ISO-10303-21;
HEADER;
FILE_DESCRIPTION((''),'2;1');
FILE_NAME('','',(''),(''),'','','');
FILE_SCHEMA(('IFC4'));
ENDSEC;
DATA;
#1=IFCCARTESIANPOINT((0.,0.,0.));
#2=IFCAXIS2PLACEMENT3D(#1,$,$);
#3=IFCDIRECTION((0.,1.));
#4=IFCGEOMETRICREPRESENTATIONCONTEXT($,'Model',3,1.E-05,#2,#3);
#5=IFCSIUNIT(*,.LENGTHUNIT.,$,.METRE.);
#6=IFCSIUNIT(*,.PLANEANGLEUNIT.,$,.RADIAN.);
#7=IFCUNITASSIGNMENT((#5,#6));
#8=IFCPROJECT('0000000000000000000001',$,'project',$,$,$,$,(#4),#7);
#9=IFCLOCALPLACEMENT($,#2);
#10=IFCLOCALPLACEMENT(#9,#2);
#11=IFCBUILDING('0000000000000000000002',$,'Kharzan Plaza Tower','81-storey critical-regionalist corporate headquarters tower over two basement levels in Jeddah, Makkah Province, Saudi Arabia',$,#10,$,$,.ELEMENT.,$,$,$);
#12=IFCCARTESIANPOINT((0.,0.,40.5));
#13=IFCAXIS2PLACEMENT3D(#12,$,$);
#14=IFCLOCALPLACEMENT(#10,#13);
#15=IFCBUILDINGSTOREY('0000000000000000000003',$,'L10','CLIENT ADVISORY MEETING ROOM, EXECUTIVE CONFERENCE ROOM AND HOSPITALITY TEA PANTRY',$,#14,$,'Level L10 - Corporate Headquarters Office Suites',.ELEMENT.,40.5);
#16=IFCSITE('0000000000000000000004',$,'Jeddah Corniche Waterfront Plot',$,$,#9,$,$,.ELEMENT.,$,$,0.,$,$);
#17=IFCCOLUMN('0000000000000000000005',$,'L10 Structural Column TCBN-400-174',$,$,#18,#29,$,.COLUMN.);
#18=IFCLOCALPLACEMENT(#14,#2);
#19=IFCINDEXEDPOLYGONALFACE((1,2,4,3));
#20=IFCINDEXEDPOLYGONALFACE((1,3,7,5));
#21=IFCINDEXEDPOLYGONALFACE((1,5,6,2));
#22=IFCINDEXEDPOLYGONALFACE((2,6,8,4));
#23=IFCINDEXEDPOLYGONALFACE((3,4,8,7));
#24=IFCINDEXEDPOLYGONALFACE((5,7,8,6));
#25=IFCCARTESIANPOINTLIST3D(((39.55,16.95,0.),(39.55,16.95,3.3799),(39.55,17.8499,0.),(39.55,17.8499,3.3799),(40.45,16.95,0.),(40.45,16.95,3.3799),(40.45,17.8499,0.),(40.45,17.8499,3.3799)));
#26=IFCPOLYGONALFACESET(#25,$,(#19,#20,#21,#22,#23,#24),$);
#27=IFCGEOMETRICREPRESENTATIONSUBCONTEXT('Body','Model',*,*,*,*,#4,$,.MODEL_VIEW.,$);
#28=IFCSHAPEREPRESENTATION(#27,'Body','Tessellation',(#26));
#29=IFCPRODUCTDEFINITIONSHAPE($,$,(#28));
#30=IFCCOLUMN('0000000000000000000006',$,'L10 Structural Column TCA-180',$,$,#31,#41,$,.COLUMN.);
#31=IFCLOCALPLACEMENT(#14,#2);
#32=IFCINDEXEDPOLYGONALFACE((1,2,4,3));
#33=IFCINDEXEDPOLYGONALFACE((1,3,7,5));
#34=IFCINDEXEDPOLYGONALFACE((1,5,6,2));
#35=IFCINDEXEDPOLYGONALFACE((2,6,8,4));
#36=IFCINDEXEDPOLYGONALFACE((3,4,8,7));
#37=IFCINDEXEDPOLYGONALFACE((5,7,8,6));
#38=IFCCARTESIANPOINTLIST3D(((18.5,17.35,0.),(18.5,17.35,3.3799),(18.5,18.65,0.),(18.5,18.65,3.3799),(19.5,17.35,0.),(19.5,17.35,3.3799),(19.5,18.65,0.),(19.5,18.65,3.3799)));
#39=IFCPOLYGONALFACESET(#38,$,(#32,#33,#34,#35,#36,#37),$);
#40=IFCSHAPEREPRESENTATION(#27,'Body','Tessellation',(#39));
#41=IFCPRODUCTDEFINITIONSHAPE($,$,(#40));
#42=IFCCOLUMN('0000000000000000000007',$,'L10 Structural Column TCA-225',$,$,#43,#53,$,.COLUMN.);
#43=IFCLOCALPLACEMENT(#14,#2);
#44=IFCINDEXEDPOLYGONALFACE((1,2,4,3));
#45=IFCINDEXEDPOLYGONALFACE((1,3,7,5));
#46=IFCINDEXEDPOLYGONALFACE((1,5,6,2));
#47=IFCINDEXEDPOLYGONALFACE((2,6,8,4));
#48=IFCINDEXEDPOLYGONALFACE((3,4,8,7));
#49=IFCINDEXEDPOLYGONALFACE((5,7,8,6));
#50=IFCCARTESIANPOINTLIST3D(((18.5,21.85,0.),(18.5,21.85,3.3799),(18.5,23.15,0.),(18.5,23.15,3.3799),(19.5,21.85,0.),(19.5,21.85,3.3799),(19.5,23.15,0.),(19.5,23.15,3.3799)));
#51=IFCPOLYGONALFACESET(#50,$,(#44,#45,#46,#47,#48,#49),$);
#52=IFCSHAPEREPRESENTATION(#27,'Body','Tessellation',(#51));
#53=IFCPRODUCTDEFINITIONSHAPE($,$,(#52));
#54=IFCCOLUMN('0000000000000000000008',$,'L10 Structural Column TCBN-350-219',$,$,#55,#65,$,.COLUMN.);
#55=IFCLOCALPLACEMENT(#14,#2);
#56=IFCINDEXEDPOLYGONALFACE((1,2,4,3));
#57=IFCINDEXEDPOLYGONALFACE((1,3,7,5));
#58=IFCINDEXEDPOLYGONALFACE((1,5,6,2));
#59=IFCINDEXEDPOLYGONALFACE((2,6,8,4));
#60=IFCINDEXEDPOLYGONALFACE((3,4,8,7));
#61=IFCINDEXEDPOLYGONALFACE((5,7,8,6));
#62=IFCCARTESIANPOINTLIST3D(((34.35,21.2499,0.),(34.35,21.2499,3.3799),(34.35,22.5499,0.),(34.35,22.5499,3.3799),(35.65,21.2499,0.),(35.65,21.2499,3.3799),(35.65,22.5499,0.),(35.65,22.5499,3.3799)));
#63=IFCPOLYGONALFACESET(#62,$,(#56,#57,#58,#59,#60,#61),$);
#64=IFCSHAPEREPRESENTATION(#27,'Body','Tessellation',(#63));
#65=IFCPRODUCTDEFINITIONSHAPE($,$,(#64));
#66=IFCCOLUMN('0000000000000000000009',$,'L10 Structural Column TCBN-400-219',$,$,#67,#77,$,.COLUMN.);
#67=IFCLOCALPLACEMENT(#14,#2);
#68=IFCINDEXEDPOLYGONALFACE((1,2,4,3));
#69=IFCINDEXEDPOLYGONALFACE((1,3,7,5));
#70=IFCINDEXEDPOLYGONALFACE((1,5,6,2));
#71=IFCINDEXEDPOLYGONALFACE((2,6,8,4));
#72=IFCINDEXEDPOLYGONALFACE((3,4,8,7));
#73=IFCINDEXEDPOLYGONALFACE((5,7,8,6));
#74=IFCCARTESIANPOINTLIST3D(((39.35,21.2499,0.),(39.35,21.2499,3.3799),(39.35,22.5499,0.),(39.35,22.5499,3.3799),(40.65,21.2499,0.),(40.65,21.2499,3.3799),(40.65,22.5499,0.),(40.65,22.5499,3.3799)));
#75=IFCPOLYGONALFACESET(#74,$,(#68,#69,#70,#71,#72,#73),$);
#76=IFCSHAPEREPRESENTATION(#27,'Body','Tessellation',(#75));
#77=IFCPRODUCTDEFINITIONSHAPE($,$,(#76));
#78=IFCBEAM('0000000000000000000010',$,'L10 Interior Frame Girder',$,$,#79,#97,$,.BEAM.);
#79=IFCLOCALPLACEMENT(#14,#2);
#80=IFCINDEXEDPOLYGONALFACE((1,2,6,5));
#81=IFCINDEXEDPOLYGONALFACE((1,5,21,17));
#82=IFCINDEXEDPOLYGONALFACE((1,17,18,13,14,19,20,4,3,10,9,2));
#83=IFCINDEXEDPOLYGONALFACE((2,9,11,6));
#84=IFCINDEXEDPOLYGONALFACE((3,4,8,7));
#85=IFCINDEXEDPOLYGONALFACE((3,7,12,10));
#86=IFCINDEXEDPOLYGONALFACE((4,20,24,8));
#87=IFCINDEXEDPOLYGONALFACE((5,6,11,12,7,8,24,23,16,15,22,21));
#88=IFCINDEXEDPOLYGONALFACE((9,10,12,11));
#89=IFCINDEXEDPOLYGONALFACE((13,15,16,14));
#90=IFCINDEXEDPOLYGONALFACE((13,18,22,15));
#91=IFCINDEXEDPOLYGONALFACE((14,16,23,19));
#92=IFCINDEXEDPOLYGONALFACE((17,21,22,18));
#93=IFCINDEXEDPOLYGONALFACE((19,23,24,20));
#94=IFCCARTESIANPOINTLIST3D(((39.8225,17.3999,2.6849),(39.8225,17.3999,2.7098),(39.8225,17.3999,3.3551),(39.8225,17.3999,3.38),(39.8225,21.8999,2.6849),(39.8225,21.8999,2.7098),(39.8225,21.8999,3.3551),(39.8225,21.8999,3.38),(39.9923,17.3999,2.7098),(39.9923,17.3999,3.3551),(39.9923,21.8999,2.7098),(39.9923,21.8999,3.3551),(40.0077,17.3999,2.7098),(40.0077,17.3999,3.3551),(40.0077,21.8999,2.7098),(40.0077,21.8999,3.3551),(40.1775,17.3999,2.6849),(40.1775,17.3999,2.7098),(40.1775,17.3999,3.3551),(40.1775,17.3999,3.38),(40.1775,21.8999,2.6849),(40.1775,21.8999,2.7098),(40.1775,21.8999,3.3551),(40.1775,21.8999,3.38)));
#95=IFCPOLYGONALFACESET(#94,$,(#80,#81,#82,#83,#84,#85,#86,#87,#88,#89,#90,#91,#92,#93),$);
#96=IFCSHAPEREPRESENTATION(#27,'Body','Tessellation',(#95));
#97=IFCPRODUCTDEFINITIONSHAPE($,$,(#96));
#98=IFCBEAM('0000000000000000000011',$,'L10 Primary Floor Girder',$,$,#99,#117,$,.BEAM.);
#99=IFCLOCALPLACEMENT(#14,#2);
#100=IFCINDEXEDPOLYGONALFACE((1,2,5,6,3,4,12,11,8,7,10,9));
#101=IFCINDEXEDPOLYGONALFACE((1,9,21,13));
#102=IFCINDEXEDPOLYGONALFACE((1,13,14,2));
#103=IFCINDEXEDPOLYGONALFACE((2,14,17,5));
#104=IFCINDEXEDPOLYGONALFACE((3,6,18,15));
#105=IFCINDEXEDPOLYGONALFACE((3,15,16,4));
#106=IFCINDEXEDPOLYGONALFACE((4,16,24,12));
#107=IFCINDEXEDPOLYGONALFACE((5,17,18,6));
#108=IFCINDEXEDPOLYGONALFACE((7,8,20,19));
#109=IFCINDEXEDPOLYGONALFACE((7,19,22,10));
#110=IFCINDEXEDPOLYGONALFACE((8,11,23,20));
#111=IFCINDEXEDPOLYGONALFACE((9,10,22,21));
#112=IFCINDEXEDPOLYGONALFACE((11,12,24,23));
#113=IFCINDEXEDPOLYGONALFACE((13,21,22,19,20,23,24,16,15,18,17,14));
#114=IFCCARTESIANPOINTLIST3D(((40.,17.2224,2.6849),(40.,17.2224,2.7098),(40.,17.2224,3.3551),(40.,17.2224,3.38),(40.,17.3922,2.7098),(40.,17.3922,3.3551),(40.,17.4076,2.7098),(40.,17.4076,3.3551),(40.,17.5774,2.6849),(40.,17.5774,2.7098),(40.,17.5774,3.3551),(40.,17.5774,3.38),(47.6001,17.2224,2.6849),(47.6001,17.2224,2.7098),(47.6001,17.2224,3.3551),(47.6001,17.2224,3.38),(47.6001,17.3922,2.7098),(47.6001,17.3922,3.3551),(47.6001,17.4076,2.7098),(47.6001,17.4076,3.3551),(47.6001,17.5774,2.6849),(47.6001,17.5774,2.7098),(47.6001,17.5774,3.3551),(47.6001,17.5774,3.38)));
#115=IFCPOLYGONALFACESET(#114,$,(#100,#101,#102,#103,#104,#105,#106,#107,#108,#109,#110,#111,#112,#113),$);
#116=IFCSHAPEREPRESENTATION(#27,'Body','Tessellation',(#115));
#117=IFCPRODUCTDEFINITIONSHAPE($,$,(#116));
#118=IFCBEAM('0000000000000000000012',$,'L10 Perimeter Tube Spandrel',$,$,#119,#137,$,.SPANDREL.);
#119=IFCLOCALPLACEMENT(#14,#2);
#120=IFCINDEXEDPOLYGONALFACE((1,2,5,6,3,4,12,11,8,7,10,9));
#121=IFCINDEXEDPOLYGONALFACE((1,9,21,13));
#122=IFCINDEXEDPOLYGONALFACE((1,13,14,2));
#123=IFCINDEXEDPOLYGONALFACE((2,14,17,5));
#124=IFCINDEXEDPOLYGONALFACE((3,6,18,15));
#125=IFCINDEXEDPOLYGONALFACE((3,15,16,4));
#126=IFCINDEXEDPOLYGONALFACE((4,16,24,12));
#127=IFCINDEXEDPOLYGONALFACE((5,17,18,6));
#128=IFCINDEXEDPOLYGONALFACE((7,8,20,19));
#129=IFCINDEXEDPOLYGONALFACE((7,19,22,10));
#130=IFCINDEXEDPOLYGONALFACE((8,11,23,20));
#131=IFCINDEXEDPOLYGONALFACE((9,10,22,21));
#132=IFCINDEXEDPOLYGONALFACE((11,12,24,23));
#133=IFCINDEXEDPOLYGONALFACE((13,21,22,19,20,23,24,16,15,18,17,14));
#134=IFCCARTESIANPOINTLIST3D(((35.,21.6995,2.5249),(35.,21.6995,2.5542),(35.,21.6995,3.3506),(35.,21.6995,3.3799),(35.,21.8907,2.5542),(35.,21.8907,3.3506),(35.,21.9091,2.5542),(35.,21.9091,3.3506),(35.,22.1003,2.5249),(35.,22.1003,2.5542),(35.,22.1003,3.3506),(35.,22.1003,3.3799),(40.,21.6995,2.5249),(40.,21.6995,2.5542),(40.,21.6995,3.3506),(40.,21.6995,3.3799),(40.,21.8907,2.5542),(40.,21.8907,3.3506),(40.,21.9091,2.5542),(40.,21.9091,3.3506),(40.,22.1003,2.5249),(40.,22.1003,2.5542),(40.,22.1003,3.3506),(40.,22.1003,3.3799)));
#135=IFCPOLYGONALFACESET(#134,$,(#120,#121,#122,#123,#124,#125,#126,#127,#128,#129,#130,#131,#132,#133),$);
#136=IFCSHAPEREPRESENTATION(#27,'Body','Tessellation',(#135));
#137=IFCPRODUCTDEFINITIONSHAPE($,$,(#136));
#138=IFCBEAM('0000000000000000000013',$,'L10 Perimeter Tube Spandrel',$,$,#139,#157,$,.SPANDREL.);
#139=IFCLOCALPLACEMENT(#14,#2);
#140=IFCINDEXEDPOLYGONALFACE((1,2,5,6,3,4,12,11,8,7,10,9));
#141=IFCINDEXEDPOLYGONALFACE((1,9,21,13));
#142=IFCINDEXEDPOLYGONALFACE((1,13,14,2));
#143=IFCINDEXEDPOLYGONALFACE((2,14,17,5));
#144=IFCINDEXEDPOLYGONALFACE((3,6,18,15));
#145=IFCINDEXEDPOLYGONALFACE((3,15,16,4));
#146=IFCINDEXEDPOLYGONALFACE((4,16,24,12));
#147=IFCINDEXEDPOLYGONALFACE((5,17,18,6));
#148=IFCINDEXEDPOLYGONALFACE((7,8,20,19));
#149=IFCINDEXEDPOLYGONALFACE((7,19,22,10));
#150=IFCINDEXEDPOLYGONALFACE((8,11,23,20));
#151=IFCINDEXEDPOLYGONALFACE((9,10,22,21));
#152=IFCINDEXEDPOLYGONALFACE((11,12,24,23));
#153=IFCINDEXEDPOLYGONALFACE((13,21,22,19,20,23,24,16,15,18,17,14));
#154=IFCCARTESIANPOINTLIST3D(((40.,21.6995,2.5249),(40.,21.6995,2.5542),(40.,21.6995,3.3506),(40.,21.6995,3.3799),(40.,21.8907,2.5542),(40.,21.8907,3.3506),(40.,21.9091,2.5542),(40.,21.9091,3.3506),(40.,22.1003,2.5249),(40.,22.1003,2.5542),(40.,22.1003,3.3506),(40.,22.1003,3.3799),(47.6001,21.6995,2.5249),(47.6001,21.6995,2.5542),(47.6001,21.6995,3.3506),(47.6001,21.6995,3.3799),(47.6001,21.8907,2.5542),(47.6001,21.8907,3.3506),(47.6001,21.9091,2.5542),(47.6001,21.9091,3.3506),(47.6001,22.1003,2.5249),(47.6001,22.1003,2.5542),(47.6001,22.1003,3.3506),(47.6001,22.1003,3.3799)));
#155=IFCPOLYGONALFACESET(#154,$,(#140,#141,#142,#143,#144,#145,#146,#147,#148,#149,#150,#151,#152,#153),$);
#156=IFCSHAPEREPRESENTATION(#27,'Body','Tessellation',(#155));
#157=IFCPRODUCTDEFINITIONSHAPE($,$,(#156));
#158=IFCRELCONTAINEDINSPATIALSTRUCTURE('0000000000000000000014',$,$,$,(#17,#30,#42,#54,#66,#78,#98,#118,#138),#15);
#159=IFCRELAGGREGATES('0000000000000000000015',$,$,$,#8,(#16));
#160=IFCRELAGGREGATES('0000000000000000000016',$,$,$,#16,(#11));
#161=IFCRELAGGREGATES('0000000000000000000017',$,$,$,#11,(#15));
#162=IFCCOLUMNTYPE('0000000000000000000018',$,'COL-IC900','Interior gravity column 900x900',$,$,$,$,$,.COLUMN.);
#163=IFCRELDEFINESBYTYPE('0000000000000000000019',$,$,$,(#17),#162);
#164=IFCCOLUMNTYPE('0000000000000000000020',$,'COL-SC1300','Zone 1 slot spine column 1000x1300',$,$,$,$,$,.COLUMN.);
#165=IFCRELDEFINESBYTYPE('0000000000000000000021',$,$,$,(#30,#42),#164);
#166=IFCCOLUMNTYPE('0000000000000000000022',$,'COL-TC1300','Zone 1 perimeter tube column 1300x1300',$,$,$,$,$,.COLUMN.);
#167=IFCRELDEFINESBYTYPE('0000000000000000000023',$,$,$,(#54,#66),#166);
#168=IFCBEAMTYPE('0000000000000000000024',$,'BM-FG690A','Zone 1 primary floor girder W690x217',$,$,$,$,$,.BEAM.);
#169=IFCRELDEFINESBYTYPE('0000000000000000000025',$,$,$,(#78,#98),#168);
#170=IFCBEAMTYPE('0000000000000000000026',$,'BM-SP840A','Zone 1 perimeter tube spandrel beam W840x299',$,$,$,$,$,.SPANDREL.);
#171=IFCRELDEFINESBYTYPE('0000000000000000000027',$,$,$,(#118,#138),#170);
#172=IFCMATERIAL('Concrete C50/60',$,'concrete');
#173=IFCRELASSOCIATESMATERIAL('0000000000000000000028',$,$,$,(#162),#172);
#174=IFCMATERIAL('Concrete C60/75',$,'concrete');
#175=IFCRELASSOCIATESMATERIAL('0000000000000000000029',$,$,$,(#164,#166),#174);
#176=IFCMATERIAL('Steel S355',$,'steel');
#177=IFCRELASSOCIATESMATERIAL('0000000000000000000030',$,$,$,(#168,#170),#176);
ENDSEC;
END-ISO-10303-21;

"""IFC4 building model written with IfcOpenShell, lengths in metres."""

from ifc_helpers import new_model, si_unit, direction, frame, origin, origin_2d, place, context, subcontext, project, spatial, rectangle, i_section, extrude, source, transform, mapped, material, material_profile, profile_set, type_object, element, save


model = new_model("IFC4")

# Units and contexts
model_context = context("Model", 3, precision=1e-05, world=origin(), true_north=direction((0.0, 1.0)))
body_context = subcontext(model_context, "Body", "Model", "MODEL_VIEW")
ifc_project = project(units=[si_unit("LENGTHUNIT", "METRE"), si_unit("PLANEANGLEUNIT", "RADIAN")], contexts=[model_context])

# Site, building, storey
site_placement = place(None, origin())
site = spatial("IfcSite", under=ifc_project, at=site_placement, Name="Jeddah Corniche Waterfront Plot", CompositionType="ELEMENT", RefElevation=0.0)
building_placement = place(site_placement, origin())
building = spatial("IfcBuilding", under=site, at=building_placement, Name="Kharzan Plaza Tower", Description="81-storey critical-regionalist corporate headquarters tower over two basement levels in Jeddah, Makkah Province, Saudi Arabia", CompositionType="ELEMENT")
storey_placement = place(building_placement, frame((0.0, 0.0, 40.5)))
storey = spatial("IfcBuildingStorey", under=building, at=storey_placement, Name="L10", Description="CLIENT ADVISORY MEETING ROOM, EXECUTIVE CONFERENCE ROOM AND HOSPITALITY TEA PANTRY", LongName="Level L10 - Corporate Headquarters Office Suites", CompositionType="ELEMENT", Elevation=40.5)

# Columns
ifc_material_1 = material(Name="Concrete C50/60", Category="concrete")
ifc_material_profile_1 = material_profile(ifc_material_1, rectangle(XDim=0.8999, YDim=0.8999, at=origin_2d()), Name="RC-IC900x900")
ifc_profile_set_1 = profile_set([ifc_material_profile_1], Name="Concrete C50/60")
column_type_1 = type_object("IfcColumnType", Name="COL-IC900", Description="Interior gravity column 900x900", PredefinedType="COLUMN", material=ifc_profile_set_1)
shared_shape_1 = source(origin(), body_context, "Body", "SweptSolid", [
    extrude(rectangle(XDim=0.8999, YDim=0.8999, at=origin_2d()), origin(), (0.0, 0.0, 1.0), 3.3799),
])
column_placement = place(storey_placement, frame((40.0, 17.3999, 0.0), z_axis=(0.0, 0.0, 1.0), x_axis=(1.0, 0.0, 0.0)))
element("IfcColumn", 1, at=column_placement, inside=storey, type_object=column_type_1, Name="L10 Structural Column TCBN-400-174", PredefinedType="COLUMN", context=body_context, shape_type="MappedRepresentation", body=[
    mapped(shared_shape_1, transform((0.0, 0.0, 0.0), x_axis=(1.0, 0.0, 0.0), y_axis=(0.0, 1.0, 0.0), z_axis=(0.0, 0.0, 1.0))),
])
ifc_material_2 = material(Name="Concrete C60/75", Category="concrete")
ifc_material_profile_2 = material_profile(ifc_material_2, rectangle(XDim=1.0, YDim=1.3, at=origin_2d()), Name="RC-SC1300x1000")
ifc_profile_set_2 = profile_set([ifc_material_profile_2], Name="Concrete C60/75")
column_type_2 = type_object("IfcColumnType", Name="COL-SC1300", Description="Zone 1 slot spine column 1000x1300", PredefinedType="COLUMN", material=ifc_profile_set_2)
shared_shape_2 = source(origin(), body_context, "Body", "SweptSolid", [
    extrude(rectangle(XDim=1.0, YDim=1.3, at=origin_2d()), origin(), (0.0, 0.0, 1.0), 3.3799),
])
for number, where, z_axis, x_axis, name in (
    (2, (19.0, 18.0, 0.0), (0.0, 0.0, 1.0), (1.0, 0.0, 0.0), "L10 Structural Column TCA-180"),
    (3, (19.0, 22.5, 0.0), (0.0, 0.0, 1.0), (1.0, 0.0, 0.0), "L10 Structural Column TCA-225"),
):
    element("IfcColumn", number, at=place(storey_placement, frame(where, z_axis=z_axis, x_axis=x_axis)), inside=storey, type_object=column_type_2, Name=name, PredefinedType="COLUMN", context=body_context, shape_type="MappedRepresentation", body=[
        mapped(shared_shape_2, transform((0.0, 0.0, 0.0), x_axis=(1.0, 0.0, 0.0), y_axis=(0.0, 1.0, 0.0), z_axis=(0.0, 0.0, 1.0))),
    ])
ifc_material_profile_3 = material_profile(ifc_material_2, rectangle(XDim=1.3, YDim=1.3, at=origin_2d()), Name="RC-TC1300x1300")
ifc_profile_set_3 = profile_set([ifc_material_profile_3], Name="Concrete C60/75")
column_type_3 = type_object("IfcColumnType", Name="COL-TC1300", Description="Zone 1 perimeter tube column 1300x1300", PredefinedType="COLUMN", material=ifc_profile_set_3)
shared_shape_3 = source(origin(), body_context, "Body", "SweptSolid", [
    extrude(rectangle(XDim=1.3, YDim=1.3, at=origin_2d()), origin(), (0.0, 0.0, 1.0), 3.3799),
])
for number, where, z_axis, x_axis, name in (
    (4, (35.0, 21.8999, 0.0), (0.0, 0.0, 1.0), (1.0, 0.0, 0.0), "L10 Structural Column TCBN-350-219"),
    (5, (40.0, 21.8999, 0.0), (0.0, 0.0, 1.0), (1.0, 0.0, 0.0), "L10 Structural Column TCBN-400-219"),
):
    element("IfcColumn", number, at=place(storey_placement, frame(where, z_axis=z_axis, x_axis=x_axis)), inside=storey, type_object=column_type_3, Name=name, PredefinedType="COLUMN", context=body_context, shape_type="MappedRepresentation", body=[
        mapped(shared_shape_3, transform((0.0, 0.0, 0.0), x_axis=(1.0, 0.0, 0.0), y_axis=(0.0, 1.0, 0.0), z_axis=(0.0, 0.0, 1.0))),
    ])

# Beams
ifc_material_3 = material(Name="Steel S355", Category="steel")
ifc_material_profile_4 = material_profile(ifc_material_3, i_section(OverallWidth=0.355, OverallDepth=0.6951, WebThickness=0.0154, FlangeThickness=0.0249, at=origin_2d()), Name="W690x217")
ifc_profile_set_4 = profile_set([ifc_material_profile_4], Name="Steel S355")
beam_type_1 = type_object("IfcBeamType", Name="BM-FG690A", Description="Zone 1 primary floor girder W690x217", PredefinedType="BEAM", material=ifc_profile_set_4)
shared_shape_4 = source(origin(), body_context, "Body", "SweptSolid", [
    extrude(i_section(OverallWidth=0.355, OverallDepth=0.6951, WebThickness=0.0154, FlangeThickness=0.0249, at=origin_2d()), origin(), (0.0, 0.0, 1.0), 4.5),
])
beam_1_placement = place(storey_placement, frame((40.0, 17.3999, 3.0325), z_axis=(0.0, 1.0, 0.0), x_axis=(-1.0, 0.0, 0.0)))
element("IfcBeam", 6, at=beam_1_placement, inside=storey, type_object=beam_type_1, Name="L10 Interior Frame Girder", PredefinedType="BEAM", context=body_context, shape_type="MappedRepresentation", body=[
    mapped(shared_shape_4, transform((0.0, 0.0, 0.0), x_axis=(1.0, 0.0, 0.0), y_axis=(0.0, 1.0, 0.0), z_axis=(0.0, 0.0, 1.0))),
])
shared_shape_5 = source(origin(), body_context, "Body", "SweptSolid", [
    extrude(i_section(OverallWidth=0.355, OverallDepth=0.6951, WebThickness=0.0154, FlangeThickness=0.0249, at=origin_2d()), origin(), (0.0, 0.0, 1.0), 7.6001),
])
beam_2_placement = place(storey_placement, frame((40.0, 17.3999, 3.0325), z_axis=(1.0, 0.0, 0.0), x_axis=(0.0, 1.0, 0.0)))
element("IfcBeam", 7, at=beam_2_placement, inside=storey, type_object=beam_type_1, Name="L10 Primary Floor Girder", PredefinedType="BEAM", context=body_context, shape_type="MappedRepresentation", body=[
    mapped(shared_shape_5, transform((0.0, 0.0, 0.0), x_axis=(1.0, 0.0, 0.0), y_axis=(0.0, 1.0, 0.0), z_axis=(0.0, 0.0, 1.0))),
])
ifc_material_profile_5 = material_profile(ifc_material_3, i_section(OverallWidth=0.4009, OverallDepth=0.855, WebThickness=0.0183, FlangeThickness=0.0293, at=origin_2d()), Name="W840x299")
ifc_profile_set_5 = profile_set([ifc_material_profile_5], Name="Steel S355")
beam_type_2 = type_object("IfcBeamType", Name="BM-SP840A", Description="Zone 1 perimeter tube spandrel beam W840x299", PredefinedType="SPANDREL", material=ifc_profile_set_5)
shared_shape_6 = source(origin(), body_context, "Body", "SweptSolid", [
    extrude(i_section(OverallWidth=0.4009, OverallDepth=0.855, WebThickness=0.0183, FlangeThickness=0.0293, at=origin_2d()), origin(), (0.0, 0.0, 1.0), 5.0),
])
beam_3_placement = place(storey_placement, frame((35.0, 21.8999, 2.9524), z_axis=(1.0, 0.0, 0.0), x_axis=(0.0, 1.0, 0.0)))
element("IfcBeam", 8, at=beam_3_placement, inside=storey, type_object=beam_type_2, Name="L10 Perimeter Tube Spandrel", PredefinedType="SPANDREL", context=body_context, shape_type="MappedRepresentation", body=[
    mapped(shared_shape_6, transform((0.0, 0.0, 0.0), x_axis=(1.0, 0.0, 0.0), y_axis=(0.0, 1.0, 0.0), z_axis=(0.0, 0.0, 1.0))),
])
shared_shape_7 = source(origin(), body_context, "Body", "SweptSolid", [
    extrude(i_section(OverallWidth=0.4009, OverallDepth=0.855, WebThickness=0.0183, FlangeThickness=0.0293, at=origin_2d()), origin(), (0.0, 0.0, 1.0), 7.6001),
])
beam_4_placement = place(storey_placement, frame((40.0, 21.8999, 2.9524), z_axis=(1.0, 0.0, 0.0), x_axis=(0.0, 1.0, 0.0)))
element("IfcBeam", 9, at=beam_4_placement, inside=storey, type_object=beam_type_2, Name="L10 Perimeter Tube Spandrel", PredefinedType="SPANDREL", context=body_context, shape_type="MappedRepresentation", body=[
    mapped(shared_shape_7, transform((0.0, 0.0, 0.0), x_axis=(1.0, 0.0, 0.0), y_axis=(0.0, 1.0, 0.0), z_axis=(0.0, 0.0, 1.0))),
])

save(model, "model.ifc")
